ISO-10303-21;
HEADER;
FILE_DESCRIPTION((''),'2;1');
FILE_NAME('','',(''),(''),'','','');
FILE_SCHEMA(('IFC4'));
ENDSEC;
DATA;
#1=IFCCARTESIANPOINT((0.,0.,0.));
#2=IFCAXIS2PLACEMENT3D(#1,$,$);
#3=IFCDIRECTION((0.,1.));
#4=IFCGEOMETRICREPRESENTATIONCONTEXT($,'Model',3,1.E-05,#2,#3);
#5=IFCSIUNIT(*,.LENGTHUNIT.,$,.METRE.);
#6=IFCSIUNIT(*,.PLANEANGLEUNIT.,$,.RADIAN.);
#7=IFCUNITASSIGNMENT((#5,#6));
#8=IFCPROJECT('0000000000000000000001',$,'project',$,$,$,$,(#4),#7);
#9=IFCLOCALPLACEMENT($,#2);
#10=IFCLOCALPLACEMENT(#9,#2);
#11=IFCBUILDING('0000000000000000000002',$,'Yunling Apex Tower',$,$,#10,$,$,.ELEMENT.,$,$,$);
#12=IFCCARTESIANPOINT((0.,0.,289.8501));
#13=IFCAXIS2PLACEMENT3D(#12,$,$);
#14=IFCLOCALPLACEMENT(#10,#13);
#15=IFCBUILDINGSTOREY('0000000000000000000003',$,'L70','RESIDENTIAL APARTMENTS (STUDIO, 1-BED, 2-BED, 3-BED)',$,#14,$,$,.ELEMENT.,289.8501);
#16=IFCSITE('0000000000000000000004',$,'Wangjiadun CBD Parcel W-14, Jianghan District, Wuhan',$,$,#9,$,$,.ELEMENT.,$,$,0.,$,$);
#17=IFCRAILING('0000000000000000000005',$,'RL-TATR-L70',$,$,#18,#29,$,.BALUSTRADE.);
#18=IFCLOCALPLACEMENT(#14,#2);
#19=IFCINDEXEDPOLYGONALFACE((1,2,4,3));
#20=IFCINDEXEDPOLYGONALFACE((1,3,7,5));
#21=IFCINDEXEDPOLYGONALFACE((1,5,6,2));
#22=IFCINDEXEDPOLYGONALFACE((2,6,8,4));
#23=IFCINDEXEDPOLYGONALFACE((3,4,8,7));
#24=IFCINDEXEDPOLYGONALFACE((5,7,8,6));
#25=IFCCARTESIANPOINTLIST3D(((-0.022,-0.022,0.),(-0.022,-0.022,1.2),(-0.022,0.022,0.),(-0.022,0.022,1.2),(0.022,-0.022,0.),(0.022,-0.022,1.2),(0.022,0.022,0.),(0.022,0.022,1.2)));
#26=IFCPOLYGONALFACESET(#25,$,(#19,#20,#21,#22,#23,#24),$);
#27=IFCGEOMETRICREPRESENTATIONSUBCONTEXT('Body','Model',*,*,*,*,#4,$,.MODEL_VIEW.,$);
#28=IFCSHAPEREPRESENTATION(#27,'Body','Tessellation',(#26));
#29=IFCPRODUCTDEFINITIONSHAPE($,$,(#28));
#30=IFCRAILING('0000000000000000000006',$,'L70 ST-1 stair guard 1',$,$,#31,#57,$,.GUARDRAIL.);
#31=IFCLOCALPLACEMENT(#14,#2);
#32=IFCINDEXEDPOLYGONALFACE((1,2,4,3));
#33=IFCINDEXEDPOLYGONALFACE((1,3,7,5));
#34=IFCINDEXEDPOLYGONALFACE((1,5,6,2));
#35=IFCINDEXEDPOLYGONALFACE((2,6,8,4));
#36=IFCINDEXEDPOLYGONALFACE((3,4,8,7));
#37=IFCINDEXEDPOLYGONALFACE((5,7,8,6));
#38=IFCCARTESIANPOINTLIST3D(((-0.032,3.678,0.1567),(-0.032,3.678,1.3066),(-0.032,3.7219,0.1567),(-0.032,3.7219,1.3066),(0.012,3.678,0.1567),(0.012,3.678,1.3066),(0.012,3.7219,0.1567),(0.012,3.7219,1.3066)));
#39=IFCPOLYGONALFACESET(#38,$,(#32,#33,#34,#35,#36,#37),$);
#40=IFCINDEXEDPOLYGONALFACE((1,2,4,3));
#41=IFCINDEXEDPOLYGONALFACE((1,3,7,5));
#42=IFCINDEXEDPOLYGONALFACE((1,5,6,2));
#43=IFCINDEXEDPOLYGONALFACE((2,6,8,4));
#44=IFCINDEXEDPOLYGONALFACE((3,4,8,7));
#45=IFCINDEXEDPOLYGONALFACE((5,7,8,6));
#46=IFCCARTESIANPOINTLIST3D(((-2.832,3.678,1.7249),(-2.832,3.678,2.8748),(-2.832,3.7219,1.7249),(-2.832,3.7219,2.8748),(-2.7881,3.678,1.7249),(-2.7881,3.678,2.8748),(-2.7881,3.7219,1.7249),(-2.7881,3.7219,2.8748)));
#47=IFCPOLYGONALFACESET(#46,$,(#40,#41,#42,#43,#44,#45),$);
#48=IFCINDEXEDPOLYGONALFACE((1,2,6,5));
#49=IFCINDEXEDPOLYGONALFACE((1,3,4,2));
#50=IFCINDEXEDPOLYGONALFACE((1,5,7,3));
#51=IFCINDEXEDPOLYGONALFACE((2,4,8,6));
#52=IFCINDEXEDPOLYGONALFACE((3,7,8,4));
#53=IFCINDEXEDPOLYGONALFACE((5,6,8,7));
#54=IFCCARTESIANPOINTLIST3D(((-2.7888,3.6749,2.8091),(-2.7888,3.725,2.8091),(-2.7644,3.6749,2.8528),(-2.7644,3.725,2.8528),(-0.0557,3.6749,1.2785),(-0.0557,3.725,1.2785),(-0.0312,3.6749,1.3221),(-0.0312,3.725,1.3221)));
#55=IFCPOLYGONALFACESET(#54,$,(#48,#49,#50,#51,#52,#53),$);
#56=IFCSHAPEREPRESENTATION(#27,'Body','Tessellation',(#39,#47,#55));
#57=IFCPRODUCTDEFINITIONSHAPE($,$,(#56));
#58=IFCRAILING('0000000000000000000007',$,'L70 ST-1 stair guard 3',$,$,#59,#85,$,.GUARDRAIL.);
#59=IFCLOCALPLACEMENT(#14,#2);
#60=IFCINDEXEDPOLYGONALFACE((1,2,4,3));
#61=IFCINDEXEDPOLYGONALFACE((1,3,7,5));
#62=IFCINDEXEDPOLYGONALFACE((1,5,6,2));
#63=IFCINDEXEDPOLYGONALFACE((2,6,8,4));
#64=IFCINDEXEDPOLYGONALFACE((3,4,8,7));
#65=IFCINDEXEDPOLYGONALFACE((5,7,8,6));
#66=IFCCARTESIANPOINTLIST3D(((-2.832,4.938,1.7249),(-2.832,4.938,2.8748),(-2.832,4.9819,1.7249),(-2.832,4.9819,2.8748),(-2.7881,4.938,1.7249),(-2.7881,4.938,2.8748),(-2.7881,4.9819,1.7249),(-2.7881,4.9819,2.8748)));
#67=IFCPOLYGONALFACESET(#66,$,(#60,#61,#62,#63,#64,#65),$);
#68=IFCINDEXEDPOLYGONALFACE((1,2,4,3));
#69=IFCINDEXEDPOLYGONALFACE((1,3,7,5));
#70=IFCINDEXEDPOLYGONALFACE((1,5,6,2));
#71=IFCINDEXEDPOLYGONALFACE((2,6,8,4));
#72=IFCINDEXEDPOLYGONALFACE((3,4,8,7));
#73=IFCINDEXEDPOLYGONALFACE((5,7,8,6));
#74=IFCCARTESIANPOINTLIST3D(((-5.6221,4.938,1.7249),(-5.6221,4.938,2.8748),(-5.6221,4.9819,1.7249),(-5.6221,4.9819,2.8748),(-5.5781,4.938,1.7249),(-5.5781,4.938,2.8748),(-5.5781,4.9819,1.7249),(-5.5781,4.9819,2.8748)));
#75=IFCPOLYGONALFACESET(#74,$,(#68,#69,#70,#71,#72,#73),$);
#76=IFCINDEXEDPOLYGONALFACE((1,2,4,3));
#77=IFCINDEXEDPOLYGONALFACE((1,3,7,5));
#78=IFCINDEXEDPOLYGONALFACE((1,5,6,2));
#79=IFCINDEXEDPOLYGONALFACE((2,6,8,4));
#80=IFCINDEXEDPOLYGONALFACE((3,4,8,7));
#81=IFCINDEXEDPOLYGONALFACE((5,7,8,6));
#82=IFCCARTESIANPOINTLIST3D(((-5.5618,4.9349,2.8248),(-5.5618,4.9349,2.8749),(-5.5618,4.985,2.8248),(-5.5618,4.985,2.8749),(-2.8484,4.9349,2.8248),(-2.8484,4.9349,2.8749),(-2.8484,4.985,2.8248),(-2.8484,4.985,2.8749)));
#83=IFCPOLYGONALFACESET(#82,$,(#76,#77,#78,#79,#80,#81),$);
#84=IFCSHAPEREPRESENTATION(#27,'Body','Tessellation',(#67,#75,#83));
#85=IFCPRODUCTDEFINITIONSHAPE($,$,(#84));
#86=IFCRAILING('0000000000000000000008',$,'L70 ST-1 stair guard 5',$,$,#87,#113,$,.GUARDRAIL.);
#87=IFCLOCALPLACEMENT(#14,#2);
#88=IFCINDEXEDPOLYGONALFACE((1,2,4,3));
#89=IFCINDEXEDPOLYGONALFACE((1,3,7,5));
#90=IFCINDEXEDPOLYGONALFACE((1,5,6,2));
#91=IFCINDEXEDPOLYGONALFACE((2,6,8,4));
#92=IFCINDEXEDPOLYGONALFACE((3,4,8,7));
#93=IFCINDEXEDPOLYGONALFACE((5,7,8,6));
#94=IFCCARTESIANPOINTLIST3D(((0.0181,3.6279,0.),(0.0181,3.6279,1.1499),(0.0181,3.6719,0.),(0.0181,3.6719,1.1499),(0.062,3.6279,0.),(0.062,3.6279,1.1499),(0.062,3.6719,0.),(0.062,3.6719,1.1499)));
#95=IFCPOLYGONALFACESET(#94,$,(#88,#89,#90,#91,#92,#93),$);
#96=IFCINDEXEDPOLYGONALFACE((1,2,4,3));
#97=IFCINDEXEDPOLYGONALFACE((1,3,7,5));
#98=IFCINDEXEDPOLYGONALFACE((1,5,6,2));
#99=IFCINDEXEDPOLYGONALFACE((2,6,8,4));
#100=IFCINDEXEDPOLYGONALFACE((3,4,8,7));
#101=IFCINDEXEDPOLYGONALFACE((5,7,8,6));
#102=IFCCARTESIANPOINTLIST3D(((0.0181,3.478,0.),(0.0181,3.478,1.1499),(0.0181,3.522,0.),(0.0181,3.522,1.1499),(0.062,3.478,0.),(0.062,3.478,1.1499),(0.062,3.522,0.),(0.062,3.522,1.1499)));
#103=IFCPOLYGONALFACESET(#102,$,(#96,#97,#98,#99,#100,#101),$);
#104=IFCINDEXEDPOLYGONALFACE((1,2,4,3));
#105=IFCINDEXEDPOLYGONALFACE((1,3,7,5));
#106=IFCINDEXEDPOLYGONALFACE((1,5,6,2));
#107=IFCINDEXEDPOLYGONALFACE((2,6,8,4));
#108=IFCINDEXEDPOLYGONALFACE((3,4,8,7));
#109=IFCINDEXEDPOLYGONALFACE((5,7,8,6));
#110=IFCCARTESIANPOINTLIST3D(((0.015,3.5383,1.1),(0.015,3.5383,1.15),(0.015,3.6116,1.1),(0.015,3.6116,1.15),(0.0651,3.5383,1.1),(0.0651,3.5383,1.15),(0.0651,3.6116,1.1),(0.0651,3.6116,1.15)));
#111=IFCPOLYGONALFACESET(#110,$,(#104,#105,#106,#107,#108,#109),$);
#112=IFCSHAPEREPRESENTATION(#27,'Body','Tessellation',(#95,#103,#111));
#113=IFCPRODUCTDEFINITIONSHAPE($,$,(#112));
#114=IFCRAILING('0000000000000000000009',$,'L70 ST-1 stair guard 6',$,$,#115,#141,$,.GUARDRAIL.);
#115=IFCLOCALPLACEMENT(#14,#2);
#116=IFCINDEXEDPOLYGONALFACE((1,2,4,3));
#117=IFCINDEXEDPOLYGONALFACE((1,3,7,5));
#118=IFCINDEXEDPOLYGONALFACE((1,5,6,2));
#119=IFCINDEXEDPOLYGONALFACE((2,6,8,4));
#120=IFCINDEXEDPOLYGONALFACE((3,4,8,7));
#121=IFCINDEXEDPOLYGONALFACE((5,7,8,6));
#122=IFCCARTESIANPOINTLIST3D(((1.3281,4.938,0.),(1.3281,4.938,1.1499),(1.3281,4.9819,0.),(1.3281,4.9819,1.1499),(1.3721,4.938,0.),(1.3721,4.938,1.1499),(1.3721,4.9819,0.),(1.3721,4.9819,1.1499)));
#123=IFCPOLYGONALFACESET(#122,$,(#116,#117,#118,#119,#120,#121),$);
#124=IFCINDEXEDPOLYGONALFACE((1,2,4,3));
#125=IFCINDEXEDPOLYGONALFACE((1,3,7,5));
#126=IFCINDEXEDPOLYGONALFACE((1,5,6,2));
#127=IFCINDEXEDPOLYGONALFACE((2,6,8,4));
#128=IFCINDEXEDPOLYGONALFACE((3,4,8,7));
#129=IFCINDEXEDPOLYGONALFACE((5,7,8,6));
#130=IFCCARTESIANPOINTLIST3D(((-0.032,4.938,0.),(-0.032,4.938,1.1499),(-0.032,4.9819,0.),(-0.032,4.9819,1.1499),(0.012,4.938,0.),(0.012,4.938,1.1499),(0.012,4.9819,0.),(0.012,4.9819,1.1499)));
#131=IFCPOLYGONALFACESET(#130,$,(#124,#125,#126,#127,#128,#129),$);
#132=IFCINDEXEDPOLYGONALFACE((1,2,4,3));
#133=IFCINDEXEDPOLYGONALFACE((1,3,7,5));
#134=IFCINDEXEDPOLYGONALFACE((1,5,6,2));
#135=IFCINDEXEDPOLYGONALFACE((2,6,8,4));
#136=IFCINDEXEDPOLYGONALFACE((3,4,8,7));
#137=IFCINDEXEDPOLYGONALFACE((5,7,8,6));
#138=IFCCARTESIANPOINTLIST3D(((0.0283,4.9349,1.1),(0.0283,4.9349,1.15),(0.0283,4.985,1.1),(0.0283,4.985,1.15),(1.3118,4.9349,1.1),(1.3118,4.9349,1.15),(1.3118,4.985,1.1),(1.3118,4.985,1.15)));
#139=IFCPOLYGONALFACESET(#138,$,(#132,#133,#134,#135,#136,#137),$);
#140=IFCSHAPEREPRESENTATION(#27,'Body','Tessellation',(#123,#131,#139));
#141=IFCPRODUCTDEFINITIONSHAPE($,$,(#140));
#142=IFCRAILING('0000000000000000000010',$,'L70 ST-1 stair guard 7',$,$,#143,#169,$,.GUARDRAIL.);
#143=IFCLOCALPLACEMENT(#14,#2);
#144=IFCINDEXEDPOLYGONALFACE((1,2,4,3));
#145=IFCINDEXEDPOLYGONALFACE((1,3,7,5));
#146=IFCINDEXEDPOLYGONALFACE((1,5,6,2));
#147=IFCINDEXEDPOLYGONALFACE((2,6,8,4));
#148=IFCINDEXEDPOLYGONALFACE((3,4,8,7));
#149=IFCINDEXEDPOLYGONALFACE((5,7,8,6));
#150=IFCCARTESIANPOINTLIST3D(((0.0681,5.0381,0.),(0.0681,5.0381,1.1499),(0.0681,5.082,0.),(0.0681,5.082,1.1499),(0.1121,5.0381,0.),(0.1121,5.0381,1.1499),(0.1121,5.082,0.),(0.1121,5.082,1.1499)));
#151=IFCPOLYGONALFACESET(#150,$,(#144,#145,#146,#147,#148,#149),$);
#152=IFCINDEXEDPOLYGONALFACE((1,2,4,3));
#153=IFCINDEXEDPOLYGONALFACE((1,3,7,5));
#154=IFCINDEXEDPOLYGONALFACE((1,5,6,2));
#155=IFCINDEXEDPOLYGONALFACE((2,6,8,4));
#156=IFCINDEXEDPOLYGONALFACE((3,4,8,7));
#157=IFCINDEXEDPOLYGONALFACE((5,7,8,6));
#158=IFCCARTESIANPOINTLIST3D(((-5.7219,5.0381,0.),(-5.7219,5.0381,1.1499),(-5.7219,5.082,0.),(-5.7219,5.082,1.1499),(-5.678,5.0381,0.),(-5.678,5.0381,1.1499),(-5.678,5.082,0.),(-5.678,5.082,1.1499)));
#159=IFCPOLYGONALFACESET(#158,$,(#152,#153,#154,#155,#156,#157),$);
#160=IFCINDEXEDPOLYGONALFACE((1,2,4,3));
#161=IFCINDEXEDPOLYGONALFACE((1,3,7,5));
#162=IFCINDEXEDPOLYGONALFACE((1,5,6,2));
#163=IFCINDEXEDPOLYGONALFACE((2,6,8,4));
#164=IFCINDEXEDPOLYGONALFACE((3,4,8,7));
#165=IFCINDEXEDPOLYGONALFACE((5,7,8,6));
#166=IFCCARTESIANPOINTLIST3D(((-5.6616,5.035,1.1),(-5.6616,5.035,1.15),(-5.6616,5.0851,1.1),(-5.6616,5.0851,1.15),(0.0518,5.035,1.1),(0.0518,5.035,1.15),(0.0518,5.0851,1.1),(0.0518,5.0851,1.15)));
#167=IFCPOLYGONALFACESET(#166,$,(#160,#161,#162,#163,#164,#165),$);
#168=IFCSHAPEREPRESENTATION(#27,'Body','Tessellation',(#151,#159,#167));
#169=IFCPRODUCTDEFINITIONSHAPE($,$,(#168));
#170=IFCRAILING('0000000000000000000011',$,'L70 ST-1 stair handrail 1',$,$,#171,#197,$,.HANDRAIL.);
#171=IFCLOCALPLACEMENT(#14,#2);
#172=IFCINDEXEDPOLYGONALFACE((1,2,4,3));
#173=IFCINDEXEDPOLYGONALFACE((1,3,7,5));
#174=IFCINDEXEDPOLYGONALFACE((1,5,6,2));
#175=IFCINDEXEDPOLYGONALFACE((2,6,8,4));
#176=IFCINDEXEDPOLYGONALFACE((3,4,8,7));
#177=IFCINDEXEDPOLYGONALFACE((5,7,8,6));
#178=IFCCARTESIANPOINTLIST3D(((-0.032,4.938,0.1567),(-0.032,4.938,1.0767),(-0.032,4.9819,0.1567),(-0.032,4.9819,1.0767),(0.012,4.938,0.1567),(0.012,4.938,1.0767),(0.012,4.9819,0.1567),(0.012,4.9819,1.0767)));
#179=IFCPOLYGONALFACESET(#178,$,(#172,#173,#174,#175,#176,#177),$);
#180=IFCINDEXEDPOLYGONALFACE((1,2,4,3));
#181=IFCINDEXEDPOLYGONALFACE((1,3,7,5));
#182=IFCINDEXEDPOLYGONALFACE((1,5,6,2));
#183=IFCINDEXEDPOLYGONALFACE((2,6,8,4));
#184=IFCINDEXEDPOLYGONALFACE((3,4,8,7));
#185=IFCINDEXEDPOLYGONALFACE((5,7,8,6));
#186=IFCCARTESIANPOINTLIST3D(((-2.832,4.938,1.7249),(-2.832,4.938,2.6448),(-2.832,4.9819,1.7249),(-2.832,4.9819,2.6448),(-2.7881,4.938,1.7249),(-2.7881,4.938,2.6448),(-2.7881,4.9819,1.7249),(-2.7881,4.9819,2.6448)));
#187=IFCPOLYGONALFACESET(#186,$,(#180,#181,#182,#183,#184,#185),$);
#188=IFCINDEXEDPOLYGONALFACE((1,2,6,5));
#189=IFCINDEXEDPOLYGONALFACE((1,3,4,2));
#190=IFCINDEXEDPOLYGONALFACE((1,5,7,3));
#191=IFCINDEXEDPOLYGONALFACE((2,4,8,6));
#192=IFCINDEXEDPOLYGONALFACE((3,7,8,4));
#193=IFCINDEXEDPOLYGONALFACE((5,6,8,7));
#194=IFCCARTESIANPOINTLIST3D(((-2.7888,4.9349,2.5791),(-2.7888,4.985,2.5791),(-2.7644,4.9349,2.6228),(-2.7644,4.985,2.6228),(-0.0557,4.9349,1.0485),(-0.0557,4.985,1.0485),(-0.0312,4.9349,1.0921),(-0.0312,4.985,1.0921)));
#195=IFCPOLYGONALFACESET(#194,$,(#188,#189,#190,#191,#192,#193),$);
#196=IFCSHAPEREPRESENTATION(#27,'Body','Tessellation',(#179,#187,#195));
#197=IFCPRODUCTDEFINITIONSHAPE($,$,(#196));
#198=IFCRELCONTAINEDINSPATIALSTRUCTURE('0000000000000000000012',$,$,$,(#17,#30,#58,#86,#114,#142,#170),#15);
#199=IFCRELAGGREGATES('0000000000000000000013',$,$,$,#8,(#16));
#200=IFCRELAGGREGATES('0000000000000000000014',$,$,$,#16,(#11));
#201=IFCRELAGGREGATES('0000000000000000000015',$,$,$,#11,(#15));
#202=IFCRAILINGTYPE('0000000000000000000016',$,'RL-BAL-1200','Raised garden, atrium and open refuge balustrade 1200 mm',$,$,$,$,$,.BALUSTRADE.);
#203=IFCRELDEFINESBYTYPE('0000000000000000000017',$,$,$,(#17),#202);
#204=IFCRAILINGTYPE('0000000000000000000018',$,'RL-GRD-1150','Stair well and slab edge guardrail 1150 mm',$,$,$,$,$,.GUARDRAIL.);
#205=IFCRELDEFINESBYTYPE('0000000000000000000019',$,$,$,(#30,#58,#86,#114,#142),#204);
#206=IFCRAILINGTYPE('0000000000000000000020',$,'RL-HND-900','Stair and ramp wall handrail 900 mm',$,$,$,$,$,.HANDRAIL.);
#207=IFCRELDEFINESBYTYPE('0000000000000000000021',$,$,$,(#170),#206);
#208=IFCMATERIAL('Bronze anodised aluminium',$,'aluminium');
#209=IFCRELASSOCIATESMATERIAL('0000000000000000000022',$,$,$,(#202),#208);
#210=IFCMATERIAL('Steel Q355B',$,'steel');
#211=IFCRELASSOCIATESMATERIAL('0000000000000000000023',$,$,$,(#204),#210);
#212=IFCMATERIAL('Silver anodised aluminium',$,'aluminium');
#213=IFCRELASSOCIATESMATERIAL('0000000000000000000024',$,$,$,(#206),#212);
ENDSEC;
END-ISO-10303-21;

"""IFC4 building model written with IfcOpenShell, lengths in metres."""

from ifc_helpers import new_model, si_unit, direction, frame, origin, origin_2d, place, context, subcontext, project, spatial, rectangle, extrude, material, type_object, element, save


model = new_model("IFC4")

# Units and contexts
model_context = context("Model", 3, precision=1e-05, world=origin(), true_north=direction((0.0, 1.0)))
body_context = subcontext(model_context, "Body", "Model", "MODEL_VIEW")
ifc_project = project(units=[si_unit("LENGTHUNIT", "METRE"), si_unit("PLANEANGLEUNIT", "RADIAN")], contexts=[model_context])

# Site, building, storey
site_placement = place(None, origin())
site = spatial("IfcSite", under=ifc_project, at=site_placement, Name="Wangjiadun CBD Parcel W-14, Jianghan District, Wuhan", CompositionType="ELEMENT", RefElevation=0.0)
building_placement = place(site_placement, origin())
building = spatial("IfcBuilding", under=site, at=building_placement, Name="Yunling Apex Tower", CompositionType="ELEMENT")
storey_placement = place(building_placement, frame((0.0, 0.0, 289.8501)))
storey = spatial("IfcBuildingStorey", under=building, at=storey_placement, Name="L70", Description="RESIDENTIAL APARTMENTS (STUDIO, 1-BED, 2-BED, 3-BED)", CompositionType="ELEMENT", Elevation=289.8501)

# Shared definitions
ifc_material_1 = material(Name="Steel Q355B", Category="steel")

# Shared definitions
ifc_material_2 = material(Name="Bronze anodised aluminium", Category="aluminium")

# Railings
railing_type_1 = type_object("IfcRailingType", Name="RL-BAL-1200", Description="Raised garden, atrium and open refuge balustrade 1200 mm", PredefinedType="BALUSTRADE", material=ifc_material_2)
railing_1_placement = place(storey_placement, origin())
element("IfcRailing", 1, at=railing_1_placement, inside=storey, type_object=railing_type_1, Name="RL-TATR-L70", PredefinedType="BALUSTRADE", context=body_context, shape_type="SweptSolid", body=[
    extrude(rectangle(XDim=0.0439, YDim=0.0439, at=origin_2d()), origin(), (0.0, 0.0, 1.0), 1.2),
])
railing_type_2 = type_object("IfcRailingType", Name="RL-GRD-1150", Description="Stair well and slab edge guardrail 1150 mm", PredefinedType="GUARDRAIL", material=ifc_material_1)
railing_2_placement = place(storey_placement, frame((-0.01, 3.7, 0.1567)))
element("IfcRailing", 2, at=railing_2_placement, inside=storey, type_object=railing_type_2, Name="L70 ST-1 stair guard 1", PredefinedType="GUARDRAIL", context=body_context, shape_type="SweptSolid", body=[
    extrude(rectangle(XDim=0.0439, YDim=0.0439, at=origin_2d()), origin(), (0.0, 0.0, 1.0), 1.1499),
    extrude(rectangle(XDim=0.0439, YDim=0.0439, at=origin_2d()), frame((-2.8, 0.0, 1.5681)), (0.0, 0.0, 1.0), 1.1499),
    extrude(rectangle(XDim=0.05, YDim=0.05, at=origin_2d()), frame((-0.0334, 0.0, 1.1436), z_axis=(-0.872494, 0.0, 0.488624), x_axis=(0.0, -1.0, 0.0)), (0.0, 0.0, 1.0), 3.1326),
])
railing_3_placement = place(storey_placement, frame((-2.8101, 4.96, 1.7249)))
element("IfcRailing", 3, at=railing_3_placement, inside=storey, type_object=railing_type_2, Name="L70 ST-1 stair guard 3", PredefinedType="GUARDRAIL", context=body_context, shape_type="SweptSolid", body=[
    extrude(rectangle(XDim=0.0439, YDim=0.0439, at=origin_2d()), origin(), (0.0, 0.0, 1.0), 1.1499),
    extrude(rectangle(XDim=0.0439, YDim=0.0439, at=origin_2d()), frame((-2.79, 0.0, 0.0)), (0.0, 0.0, 1.0), 1.1499),
    extrude(rectangle(XDim=0.05, YDim=0.05, at=origin_2d()), frame((-0.0383, 0.0, 1.125), z_axis=(-1.0, 0.0, 0.0), x_axis=(0.0, -1.0, 0.0)), (0.0, 0.0, 1.0), 2.7134),
])
railing_4_placement = place(storey_placement, frame((0.04, 3.6499, 0.0)))
element("IfcRailing", 4, at=railing_4_placement, inside=storey, type_object=railing_type_2, Name="L70 ST-1 stair guard 5", PredefinedType="GUARDRAIL", context=body_context, shape_type="SweptSolid", body=[
    extrude(rectangle(XDim=0.0439, YDim=0.0439, at=origin_2d()), origin(), (0.0, 0.0, 1.0), 1.1499),
    extrude(rectangle(XDim=0.0439, YDim=0.0439, at=origin_2d()), frame((0.0, -0.1499, 0.0)), (0.0, 0.0, 1.0), 1.1499),
    extrude(rectangle(XDim=0.05, YDim=0.05, at=origin_2d()), frame((0.0, -0.0383, 1.125), z_axis=(0.0, -1.0, 0.0), x_axis=(1.0, 0.0, 0.0)), (0.0, 0.0, 1.0), 0.0732),
])
railing_5_placement = place(storey_placement, frame((1.3501, 4.96, 0.0)))
element("IfcRailing", 5, at=railing_5_placement, inside=storey, type_object=railing_type_2, Name="L70 ST-1 stair guard 6", PredefinedType="GUARDRAIL", context=body_context, shape_type="SweptSolid", body=[
    extrude(rectangle(XDim=0.0439, YDim=0.0439, at=origin_2d()), origin(), (0.0, 0.0, 1.0), 1.1499),
    extrude(rectangle(XDim=0.0439, YDim=0.0439, at=origin_2d()), frame((-1.3601, 0.0, 0.0)), (0.0, 0.0, 1.0), 1.1499),
    extrude(rectangle(XDim=0.05, YDim=0.05, at=origin_2d()), frame((-0.0383, 0.0, 1.125), z_axis=(-1.0, 0.0, 0.0), x_axis=(0.0, -1.0, 0.0)), (0.0, 0.0, 1.0), 1.2834),
])
railing_6_placement = place(storey_placement, frame((0.0901, 5.0601, 0.0)))
element("IfcRailing", 6, at=railing_6_placement, inside=storey, type_object=railing_type_2, Name="L70 ST-1 stair guard 7", PredefinedType="GUARDRAIL", context=body_context, shape_type="SweptSolid", body=[
    extrude(rectangle(XDim=0.0439, YDim=0.0439, at=origin_2d()), origin(), (0.0, 0.0, 1.0), 1.1499),
    extrude(rectangle(XDim=0.0439, YDim=0.0439, at=origin_2d()), frame((-5.79, 0.0, 0.0)), (0.0, 0.0, 1.0), 1.1499),
    extrude(rectangle(XDim=0.05, YDim=0.05, at=origin_2d()), frame((-0.0383, 0.0, 1.125), z_axis=(-1.0, 0.0, 0.0), x_axis=(0.0, -1.0, 0.0)), (0.0, 0.0, 1.0), 5.7134),
])
ifc_material_3 = material(Name="Silver anodised aluminium", Category="aluminium")
railing_type_3 = type_object("IfcRailingType", Name="RL-HND-900", Description="Stair and ramp wall handrail 900 mm", PredefinedType="HANDRAIL", material=ifc_material_3)
railing_7_placement = place(storey_placement, frame((-0.01, 4.96, 0.1567)))
element("IfcRailing", 7, at=railing_7_placement, inside=storey, type_object=railing_type_3, Name="L70 ST-1 stair handrail 1", PredefinedType="HANDRAIL", context=body_context, shape_type="SweptSolid", body=[
    extrude(rectangle(XDim=0.0439, YDim=0.0439, at=origin_2d()), origin(), (0.0, 0.0, 1.0), 0.9199),
    extrude(rectangle(XDim=0.0439, YDim=0.0439, at=origin_2d()), frame((-2.8, 0.0, 1.5681)), (0.0, 0.0, 1.0), 0.9199),
    extrude(rectangle(XDim=0.05, YDim=0.05, at=origin_2d()), frame((-0.0334, 0.0, 0.9136), z_axis=(-0.872494, 0.0, 0.488624), x_axis=(0.0, -1.0, 0.0)), (0.0, 0.0, 1.0), 3.1326),
])

save(model, "model.ifc")
